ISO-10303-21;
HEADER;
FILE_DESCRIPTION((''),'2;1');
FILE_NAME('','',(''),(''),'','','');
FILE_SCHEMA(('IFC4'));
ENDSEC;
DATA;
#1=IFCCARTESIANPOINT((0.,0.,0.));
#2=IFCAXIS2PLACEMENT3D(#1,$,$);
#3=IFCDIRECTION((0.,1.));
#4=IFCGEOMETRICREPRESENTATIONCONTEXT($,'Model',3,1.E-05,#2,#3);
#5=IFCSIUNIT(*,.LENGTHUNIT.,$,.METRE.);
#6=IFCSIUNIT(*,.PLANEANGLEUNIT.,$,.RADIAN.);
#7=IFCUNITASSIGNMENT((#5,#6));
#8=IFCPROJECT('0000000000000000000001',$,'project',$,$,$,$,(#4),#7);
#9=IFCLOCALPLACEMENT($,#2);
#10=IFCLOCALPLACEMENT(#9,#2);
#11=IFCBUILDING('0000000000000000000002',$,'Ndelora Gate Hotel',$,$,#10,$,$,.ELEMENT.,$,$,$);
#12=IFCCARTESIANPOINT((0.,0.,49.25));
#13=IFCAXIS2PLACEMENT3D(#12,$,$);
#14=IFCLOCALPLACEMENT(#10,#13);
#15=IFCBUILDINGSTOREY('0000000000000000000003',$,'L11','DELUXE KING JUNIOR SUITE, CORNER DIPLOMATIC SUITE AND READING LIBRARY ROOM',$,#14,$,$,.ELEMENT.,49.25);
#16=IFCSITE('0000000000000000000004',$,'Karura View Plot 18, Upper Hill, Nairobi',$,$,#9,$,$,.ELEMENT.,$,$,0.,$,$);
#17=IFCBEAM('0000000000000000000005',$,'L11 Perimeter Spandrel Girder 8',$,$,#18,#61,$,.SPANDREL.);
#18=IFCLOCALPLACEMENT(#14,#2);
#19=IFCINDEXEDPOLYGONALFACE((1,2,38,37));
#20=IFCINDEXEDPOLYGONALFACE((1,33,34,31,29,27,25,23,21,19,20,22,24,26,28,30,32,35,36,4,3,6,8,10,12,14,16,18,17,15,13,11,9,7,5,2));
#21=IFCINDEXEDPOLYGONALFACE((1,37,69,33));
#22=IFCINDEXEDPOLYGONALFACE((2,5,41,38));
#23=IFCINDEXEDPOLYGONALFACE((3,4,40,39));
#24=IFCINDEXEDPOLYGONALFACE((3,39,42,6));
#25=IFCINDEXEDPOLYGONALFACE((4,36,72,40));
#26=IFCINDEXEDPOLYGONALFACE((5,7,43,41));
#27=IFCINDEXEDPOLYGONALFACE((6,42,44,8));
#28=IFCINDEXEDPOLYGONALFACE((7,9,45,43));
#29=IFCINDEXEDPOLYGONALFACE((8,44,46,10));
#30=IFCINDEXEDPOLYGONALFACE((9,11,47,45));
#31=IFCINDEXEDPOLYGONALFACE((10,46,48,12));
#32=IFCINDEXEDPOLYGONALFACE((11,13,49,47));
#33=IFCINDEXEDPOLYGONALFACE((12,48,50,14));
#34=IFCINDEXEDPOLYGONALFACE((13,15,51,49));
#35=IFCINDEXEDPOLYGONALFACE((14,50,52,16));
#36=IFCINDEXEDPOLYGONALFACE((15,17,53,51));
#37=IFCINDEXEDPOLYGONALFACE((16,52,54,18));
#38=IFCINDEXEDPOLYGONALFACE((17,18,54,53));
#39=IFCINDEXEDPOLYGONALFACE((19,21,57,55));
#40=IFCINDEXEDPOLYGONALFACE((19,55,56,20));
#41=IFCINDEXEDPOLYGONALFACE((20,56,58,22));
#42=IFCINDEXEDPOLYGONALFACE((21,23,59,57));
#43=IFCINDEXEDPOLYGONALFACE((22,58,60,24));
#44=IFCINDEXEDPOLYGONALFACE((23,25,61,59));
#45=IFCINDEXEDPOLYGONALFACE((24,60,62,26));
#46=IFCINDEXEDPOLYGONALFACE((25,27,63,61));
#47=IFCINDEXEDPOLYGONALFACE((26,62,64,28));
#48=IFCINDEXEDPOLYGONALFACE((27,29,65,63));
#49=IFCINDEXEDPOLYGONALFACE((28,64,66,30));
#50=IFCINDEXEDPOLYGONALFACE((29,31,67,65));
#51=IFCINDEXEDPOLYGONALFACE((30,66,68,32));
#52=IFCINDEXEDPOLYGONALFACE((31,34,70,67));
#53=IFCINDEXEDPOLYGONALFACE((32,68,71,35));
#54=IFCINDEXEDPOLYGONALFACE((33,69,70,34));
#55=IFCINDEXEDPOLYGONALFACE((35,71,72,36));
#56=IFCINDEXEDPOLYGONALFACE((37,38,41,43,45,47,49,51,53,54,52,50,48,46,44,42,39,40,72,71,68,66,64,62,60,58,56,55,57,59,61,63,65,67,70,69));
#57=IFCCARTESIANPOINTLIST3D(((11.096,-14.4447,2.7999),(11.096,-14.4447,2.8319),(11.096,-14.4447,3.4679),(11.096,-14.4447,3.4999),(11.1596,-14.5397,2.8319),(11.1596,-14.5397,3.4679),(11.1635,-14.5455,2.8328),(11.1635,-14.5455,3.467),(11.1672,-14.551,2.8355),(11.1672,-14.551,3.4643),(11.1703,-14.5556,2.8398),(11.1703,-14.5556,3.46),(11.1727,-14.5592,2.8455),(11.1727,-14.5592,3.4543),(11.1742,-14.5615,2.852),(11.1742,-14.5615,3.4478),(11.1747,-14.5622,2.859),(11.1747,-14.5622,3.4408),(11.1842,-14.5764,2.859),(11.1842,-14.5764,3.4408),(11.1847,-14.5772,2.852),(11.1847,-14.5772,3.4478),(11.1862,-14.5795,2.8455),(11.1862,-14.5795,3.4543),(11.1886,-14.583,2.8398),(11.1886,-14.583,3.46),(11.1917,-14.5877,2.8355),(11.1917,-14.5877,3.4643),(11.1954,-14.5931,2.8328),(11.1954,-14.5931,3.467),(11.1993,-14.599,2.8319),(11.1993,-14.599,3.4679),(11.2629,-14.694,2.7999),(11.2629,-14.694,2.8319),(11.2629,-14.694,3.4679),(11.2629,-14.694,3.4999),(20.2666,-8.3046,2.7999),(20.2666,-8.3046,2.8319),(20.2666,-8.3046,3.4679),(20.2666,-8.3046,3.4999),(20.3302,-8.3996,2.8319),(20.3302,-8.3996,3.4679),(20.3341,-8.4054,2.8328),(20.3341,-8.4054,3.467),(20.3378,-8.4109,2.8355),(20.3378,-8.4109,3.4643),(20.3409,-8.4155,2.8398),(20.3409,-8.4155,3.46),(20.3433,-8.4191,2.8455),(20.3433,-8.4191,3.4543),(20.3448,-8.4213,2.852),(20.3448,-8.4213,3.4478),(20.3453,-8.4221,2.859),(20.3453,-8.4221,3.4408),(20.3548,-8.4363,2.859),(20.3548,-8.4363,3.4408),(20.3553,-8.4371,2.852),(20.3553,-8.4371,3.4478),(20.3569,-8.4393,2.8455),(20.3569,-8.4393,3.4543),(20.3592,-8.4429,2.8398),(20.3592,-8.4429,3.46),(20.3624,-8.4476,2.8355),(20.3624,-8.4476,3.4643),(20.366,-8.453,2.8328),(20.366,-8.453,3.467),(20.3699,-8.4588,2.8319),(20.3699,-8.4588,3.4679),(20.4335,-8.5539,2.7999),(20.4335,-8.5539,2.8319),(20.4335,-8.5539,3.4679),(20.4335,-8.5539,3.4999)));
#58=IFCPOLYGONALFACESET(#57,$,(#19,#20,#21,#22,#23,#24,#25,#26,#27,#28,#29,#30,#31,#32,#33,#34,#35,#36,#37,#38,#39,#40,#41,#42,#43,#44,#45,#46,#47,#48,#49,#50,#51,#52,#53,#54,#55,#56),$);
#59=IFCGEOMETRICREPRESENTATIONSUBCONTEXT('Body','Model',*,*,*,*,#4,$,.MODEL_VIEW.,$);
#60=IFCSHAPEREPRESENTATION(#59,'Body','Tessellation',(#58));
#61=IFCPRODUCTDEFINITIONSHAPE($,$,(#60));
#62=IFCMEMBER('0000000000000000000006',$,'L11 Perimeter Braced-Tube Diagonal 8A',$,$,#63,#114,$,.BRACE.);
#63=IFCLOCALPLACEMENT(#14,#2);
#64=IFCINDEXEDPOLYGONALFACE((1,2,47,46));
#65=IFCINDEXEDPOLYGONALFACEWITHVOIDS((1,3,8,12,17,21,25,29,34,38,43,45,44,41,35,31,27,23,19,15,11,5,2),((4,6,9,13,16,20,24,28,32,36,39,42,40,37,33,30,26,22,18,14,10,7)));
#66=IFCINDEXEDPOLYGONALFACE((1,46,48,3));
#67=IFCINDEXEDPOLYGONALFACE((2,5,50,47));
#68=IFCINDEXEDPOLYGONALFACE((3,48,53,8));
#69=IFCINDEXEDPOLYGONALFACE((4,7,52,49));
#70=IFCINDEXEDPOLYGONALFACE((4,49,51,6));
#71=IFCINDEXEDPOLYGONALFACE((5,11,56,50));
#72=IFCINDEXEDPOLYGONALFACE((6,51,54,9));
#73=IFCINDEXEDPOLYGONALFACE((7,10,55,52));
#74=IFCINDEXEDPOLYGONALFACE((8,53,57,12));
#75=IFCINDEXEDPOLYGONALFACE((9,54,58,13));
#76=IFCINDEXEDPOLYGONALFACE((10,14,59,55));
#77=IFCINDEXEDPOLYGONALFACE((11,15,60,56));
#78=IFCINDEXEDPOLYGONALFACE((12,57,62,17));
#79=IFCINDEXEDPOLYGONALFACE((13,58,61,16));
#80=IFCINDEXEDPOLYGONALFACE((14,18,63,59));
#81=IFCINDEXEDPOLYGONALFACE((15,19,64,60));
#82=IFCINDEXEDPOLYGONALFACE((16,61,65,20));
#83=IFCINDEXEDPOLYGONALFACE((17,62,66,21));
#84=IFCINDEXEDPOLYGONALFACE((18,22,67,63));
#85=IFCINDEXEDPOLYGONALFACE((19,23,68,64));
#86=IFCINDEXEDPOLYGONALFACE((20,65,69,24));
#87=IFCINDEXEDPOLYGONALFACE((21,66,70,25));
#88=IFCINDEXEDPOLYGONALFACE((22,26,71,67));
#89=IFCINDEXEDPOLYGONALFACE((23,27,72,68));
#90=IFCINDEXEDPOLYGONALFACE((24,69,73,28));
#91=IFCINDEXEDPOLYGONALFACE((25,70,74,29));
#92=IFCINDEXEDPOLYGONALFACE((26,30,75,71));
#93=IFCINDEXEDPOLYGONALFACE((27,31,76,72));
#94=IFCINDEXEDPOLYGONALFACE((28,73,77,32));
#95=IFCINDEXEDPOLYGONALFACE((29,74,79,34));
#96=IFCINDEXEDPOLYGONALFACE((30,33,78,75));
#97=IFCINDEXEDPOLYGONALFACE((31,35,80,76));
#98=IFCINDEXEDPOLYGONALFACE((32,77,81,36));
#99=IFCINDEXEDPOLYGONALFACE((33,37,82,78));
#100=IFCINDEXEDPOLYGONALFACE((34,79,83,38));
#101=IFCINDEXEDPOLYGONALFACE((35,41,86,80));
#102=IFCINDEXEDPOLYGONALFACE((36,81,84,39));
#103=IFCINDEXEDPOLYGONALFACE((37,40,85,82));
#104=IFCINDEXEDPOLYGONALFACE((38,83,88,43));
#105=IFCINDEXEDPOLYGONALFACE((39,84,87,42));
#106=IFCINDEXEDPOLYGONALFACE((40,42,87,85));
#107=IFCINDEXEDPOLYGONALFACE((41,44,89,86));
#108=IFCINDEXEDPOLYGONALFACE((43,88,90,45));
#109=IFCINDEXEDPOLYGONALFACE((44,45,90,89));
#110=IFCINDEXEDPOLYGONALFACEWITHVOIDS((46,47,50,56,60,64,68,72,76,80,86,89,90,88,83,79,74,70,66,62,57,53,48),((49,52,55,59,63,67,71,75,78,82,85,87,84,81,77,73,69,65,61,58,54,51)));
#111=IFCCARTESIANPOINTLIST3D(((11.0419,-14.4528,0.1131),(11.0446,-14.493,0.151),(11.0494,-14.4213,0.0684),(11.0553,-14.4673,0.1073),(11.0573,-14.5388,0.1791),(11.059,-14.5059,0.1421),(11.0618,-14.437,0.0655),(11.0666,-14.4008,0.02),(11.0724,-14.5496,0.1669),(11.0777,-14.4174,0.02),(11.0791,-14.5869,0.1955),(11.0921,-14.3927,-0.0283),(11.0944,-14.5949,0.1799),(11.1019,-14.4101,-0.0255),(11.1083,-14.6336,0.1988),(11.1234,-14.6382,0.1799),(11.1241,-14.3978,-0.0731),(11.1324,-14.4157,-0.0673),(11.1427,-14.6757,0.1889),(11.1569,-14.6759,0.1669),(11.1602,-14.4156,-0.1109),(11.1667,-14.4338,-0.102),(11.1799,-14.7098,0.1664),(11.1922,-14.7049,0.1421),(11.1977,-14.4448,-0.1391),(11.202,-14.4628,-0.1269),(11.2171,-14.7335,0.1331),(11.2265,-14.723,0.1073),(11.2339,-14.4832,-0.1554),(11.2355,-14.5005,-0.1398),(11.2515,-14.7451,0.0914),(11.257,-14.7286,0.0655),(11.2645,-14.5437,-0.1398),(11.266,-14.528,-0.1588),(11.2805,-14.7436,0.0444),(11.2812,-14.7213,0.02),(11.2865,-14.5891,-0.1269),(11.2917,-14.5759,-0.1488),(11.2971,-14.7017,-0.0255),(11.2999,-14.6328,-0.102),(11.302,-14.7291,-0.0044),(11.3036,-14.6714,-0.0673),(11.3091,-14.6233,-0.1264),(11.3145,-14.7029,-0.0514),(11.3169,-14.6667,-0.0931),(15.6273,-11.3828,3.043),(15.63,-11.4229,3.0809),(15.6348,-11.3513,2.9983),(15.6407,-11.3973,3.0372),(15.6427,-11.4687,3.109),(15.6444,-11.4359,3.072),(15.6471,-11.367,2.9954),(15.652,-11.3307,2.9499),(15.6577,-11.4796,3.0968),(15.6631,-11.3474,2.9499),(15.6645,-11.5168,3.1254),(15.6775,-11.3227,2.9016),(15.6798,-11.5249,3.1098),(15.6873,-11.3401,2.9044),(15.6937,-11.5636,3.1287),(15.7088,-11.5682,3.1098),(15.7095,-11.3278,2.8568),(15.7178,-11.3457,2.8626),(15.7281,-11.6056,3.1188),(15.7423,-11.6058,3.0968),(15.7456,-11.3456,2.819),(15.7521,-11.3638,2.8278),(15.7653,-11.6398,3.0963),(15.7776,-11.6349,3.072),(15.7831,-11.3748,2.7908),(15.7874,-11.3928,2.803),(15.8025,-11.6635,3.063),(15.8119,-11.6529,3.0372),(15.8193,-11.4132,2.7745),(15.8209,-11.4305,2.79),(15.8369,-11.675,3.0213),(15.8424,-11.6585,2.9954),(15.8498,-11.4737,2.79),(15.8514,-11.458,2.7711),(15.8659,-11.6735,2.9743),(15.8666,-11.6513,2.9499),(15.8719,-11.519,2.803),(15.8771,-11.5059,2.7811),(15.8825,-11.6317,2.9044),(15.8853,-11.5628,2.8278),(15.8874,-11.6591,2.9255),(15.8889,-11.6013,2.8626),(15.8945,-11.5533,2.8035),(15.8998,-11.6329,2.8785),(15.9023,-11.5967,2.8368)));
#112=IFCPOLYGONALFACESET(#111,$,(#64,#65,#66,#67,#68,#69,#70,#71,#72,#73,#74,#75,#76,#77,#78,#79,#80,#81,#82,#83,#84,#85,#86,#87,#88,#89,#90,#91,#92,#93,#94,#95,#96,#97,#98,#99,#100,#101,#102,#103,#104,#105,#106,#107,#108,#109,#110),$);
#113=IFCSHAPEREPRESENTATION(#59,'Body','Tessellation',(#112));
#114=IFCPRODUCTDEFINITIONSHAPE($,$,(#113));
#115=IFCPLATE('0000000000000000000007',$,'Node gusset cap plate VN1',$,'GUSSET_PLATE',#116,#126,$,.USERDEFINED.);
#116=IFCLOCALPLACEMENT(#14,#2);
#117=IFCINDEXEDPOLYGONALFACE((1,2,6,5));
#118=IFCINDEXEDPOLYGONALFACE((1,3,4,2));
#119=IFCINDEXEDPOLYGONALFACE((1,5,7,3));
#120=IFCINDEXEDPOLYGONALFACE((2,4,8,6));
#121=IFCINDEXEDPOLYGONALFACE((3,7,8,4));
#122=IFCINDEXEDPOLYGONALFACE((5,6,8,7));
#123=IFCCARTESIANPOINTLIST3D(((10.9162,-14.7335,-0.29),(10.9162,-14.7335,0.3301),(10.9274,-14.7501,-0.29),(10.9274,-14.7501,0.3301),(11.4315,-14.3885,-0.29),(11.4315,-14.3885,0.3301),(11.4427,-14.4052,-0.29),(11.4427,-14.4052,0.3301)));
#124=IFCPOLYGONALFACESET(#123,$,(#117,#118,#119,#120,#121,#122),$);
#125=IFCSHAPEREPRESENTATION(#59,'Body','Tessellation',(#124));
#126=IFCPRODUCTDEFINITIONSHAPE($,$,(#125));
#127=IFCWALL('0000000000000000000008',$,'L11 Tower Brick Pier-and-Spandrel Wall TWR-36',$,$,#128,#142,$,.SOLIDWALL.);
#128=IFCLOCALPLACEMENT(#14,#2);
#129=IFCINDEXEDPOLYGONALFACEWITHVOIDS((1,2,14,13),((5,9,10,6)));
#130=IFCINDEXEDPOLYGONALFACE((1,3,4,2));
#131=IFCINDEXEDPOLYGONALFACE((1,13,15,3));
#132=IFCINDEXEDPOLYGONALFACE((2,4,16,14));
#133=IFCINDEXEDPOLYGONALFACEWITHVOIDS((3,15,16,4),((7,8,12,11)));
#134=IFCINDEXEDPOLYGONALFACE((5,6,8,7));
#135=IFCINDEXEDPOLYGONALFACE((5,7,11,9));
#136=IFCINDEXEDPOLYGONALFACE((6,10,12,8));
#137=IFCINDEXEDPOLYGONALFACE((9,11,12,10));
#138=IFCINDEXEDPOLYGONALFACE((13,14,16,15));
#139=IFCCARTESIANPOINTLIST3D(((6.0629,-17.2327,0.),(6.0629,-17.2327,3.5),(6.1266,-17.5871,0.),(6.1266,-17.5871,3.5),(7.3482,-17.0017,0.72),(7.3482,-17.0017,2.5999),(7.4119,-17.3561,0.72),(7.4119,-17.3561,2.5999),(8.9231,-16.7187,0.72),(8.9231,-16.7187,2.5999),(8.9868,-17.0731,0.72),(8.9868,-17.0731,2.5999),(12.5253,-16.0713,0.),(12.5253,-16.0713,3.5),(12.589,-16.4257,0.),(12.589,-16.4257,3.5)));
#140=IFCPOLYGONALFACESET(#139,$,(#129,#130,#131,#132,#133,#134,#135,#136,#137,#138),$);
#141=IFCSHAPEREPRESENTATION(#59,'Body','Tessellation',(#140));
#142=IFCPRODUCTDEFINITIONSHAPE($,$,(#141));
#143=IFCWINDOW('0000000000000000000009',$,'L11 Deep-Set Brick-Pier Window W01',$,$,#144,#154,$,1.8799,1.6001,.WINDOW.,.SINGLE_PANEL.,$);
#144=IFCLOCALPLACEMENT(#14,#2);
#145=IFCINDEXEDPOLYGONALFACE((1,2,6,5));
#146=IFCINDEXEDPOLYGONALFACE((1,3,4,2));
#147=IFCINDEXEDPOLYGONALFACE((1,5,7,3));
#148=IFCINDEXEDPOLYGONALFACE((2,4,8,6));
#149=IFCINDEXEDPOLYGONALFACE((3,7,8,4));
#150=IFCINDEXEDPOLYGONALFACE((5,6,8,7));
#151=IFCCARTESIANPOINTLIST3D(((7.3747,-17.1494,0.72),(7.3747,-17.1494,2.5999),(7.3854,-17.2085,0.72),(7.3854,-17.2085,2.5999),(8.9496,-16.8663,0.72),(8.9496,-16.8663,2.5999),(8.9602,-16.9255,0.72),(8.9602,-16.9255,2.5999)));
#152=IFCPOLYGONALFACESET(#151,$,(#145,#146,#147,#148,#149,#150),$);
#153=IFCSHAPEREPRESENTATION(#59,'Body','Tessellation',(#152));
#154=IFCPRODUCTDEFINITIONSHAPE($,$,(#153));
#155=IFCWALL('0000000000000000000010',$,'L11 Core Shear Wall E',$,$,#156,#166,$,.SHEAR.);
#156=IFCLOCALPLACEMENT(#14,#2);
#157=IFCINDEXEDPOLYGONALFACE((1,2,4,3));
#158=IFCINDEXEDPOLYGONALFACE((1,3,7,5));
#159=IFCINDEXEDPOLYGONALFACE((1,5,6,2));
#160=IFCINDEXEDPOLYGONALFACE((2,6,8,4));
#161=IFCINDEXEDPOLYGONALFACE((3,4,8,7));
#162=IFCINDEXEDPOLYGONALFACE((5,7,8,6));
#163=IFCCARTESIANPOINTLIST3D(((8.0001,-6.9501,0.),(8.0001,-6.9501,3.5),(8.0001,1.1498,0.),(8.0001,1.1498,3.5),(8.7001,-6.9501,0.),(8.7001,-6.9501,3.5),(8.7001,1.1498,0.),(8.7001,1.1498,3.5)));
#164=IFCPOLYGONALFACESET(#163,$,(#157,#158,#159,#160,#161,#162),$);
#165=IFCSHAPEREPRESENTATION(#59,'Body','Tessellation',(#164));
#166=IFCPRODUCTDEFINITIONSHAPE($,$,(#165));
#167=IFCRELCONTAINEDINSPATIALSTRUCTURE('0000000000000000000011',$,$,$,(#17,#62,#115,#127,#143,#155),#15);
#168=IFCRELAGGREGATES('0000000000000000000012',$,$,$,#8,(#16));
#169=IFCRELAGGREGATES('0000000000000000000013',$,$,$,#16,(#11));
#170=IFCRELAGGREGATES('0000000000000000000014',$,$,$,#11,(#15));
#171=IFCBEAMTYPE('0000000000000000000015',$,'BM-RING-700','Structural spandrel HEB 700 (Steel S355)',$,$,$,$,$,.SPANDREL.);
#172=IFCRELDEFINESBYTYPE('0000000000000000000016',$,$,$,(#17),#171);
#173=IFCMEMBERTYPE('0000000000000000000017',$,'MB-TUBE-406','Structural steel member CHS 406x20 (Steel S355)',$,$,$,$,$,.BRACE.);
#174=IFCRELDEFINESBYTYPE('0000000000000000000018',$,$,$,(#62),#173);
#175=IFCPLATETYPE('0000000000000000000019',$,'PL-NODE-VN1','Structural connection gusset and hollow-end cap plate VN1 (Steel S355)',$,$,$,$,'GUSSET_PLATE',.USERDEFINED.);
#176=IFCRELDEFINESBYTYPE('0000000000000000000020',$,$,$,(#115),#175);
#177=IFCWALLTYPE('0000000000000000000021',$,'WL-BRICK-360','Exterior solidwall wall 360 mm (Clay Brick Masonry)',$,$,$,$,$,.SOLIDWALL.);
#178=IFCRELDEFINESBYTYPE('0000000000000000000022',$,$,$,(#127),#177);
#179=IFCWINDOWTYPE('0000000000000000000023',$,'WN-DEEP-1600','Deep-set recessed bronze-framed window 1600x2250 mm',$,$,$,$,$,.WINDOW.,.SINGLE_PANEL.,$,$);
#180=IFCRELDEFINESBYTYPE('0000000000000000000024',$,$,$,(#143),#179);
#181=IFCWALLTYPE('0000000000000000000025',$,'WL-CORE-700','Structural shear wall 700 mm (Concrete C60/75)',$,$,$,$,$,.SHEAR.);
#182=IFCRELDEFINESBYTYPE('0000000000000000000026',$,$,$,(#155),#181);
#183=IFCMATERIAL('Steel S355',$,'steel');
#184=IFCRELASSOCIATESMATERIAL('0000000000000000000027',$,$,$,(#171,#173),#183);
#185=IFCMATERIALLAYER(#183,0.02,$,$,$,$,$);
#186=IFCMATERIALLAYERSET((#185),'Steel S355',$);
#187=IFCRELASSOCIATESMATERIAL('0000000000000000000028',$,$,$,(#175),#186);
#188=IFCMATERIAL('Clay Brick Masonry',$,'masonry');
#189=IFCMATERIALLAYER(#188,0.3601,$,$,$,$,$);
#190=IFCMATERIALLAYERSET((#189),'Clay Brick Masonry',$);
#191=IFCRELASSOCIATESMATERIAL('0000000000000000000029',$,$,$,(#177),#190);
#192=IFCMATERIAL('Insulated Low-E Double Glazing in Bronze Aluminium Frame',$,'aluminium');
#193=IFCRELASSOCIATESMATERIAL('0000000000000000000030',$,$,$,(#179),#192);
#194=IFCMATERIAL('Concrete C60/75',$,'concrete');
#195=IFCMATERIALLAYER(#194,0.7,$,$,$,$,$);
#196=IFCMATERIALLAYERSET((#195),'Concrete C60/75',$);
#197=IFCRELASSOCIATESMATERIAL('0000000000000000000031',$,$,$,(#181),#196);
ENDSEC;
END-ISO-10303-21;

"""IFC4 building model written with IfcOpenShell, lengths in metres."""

from ifc_helpers import new_model, si_unit, direction, frame, frame_2d, origin, origin_2d, place, context, subcontext, project, spatial, rectangle, hollow_circle, i_section, extrude, material, layer, layer_set, material_profile, profile_set, type_object, element, fill, save


model = new_model("IFC4")

# Units and contexts
model_context = context("Model", 3, precision=1e-05, world=origin(), true_north=direction((0.0, 1.0)))
body_context = subcontext(model_context, "Body", "Model", "MODEL_VIEW")
ifc_project = project(units=[si_unit("LENGTHUNIT", "METRE"), si_unit("PLANEANGLEUNIT", "RADIAN")], contexts=[model_context])

# Site, building, storey
site_placement = place(None, origin())
site = spatial("IfcSite", under=ifc_project, at=site_placement, Name="Karura View Plot 18, Upper Hill, Nairobi", CompositionType="ELEMENT", RefElevation=0.0)
building_placement = place(site_placement, origin())
building = spatial("IfcBuilding", under=site, at=building_placement, Name="Ndelora Gate Hotel", CompositionType="ELEMENT")
storey_placement = place(building_placement, frame((0.0, 0.0, 49.25)))
storey = spatial("IfcBuildingStorey", under=building, at=storey_placement, Name="L11", Description="DELUXE KING JUNIOR SUITE, CORNER DIPLOMATIC SUITE AND READING LIBRARY ROOM", CompositionType="ELEMENT", Elevation=49.25)

# Shared definitions
ifc_material_1 = material(Name="Concrete C60/75", Category="concrete")

# Beam
ifc_material_2 = material(Name="Steel S355", Category="steel")
ifc_material_profile_1 = material_profile(ifc_material_2, i_section(OverallWidth=0.3, OverallDepth=0.7, WebThickness=0.0171, FlangeThickness=0.032, FilletRadius=0.0271, at=origin_2d()), Name="HEB 700")
ifc_profile_set_1 = profile_set([ifc_material_profile_1], Name="Steel S355")
beam_type_1 = type_object("IfcBeamType", Name="BM-RING-700", Description="Structural spandrel HEB 700 (Steel S355)", PredefinedType="SPANDREL", material=ifc_profile_set_1)
beam_1_placement = place(storey_placement, frame((11.1794, -14.5693, 3.1499), z_axis=(0.830946, 0.556353, 0.0), x_axis=(-0.556353, 0.830946, 0.0)))
element("IfcBeam", 1, at=beam_1_placement, inside=storey, type_object=beam_type_1, Name="L11 Perimeter Spandrel Girder 8", PredefinedType="SPANDREL", context=body_context, shape_type="SweptSolid", body=[
    extrude(i_section(OverallWidth=0.3, OverallDepth=0.7, WebThickness=0.0171, FlangeThickness=0.032, FilletRadius=0.0271, at=origin_2d()), origin(), (0.0, 0.0, 1.0), 11.0364),
])

# Member
ifc_material_profile_2 = material_profile(ifc_material_2, hollow_circle(Radius=0.2029, WallThickness=0.02, at=origin_2d()), Name="CHS 406x20")
ifc_profile_set_2 = profile_set([ifc_material_profile_2], Name="Steel S355")
member_type = type_object("IfcMemberType", Name="MB-TUBE-406", Description="Structural steel member CHS 406x20 (Steel S355)", PredefinedType="BRACE", material=ifc_profile_set_2)
member_placement = place(storey_placement, frame((11.1794, -14.5693, 0.02), z_axis=(0.733919, 0.491377, 0.468947), x_axis=(-0.556343, 0.830953, 0.0)))
element("IfcMember", 2, at=member_placement, inside=storey, type_object=member_type, Name="L11 Perimeter Braced-Tube Diagonal 8A", PredefinedType="BRACE", context=body_context, shape_type="SweptSolid", body=[
    extrude(hollow_circle(Radius=0.2029, WallThickness=0.02, at=origin_2d()), origin(), (0.0, 0.0, 1.0), 6.2478),
])

# Plate
ifc_layer_1 = layer(ifc_material_2, 0.02)
ifc_layer_set_1 = layer_set([ifc_layer_1], Name="Steel S355")
plate_type = type_object("IfcPlateType", Name="PL-NODE-VN1", Description="Structural connection gusset and hollow-end cap plate VN1 (Steel S355)", ElementType="GUSSET_PLATE", PredefinedType="USERDEFINED", material=ifc_layer_set_1)
plate_placement = place(storey_placement, frame((11.1794, -14.5693, -0.29), z_axis=(0.0, 0.0, 1.0), x_axis=(0.830984, 0.556296, 0.0)))
element("IfcPlate", 3, at=plate_placement, inside=storey, type_object=plate_type, Name="Node gusset cap plate VN1", ObjectType="GUSSET_PLATE", PredefinedType="USERDEFINED", context=body_context, shape_type="SweptSolid", body=[
    extrude(rectangle(XDim=0.6201, YDim=0.02, at=origin_2d()), origin(), (0.0, 0.0, 1.0), 0.6201),
])

# Wall, opening, window
ifc_material_3 = material(Name="Clay Brick Masonry", Category="masonry")
ifc_layer_2 = layer(ifc_material_3, 0.3601)
ifc_layer_set_2 = layer_set([ifc_layer_2], Name="Clay Brick Masonry")
wall_type_1 = type_object("IfcWallType", Name="WL-BRICK-360", Description="Exterior solidwall wall 360 mm (Clay Brick Masonry)", PredefinedType="SOLIDWALL", material=ifc_layer_set_2)
wall_1_placement = place(storey_placement, frame((12.5571, -16.2485, 0.0), z_axis=(0.0, 0.0, 1.0), x_axis=(-0.984233, -0.176879, 0.0)))
wall_1 = element("IfcWall", 4, at=wall_1_placement, inside=storey, type_object=wall_type_1, Name="L11 Tower Brick Pier-and-Spandrel Wall TWR-36", PredefinedType="SOLIDWALL", context=body_context, shape_type="SweptSolid", body=[
    extrude(rectangle(XDim=6.5659, YDim=0.3601, at=frame_2d((3.283, 0.0))), origin(), (0.0, 0.0, 1.0), 3.5),
])
opening_1_placement = place(wall_1_placement, frame((3.6599, 0.0, 0.72)))
opening_1 = element("IfcOpeningElement", 5, at=opening_1_placement, cuts=wall_1, PredefinedType="OPENING", context=body_context, shape_type="SweptSolid", body=[
    extrude(rectangle(XDim=1.6001, YDim=1.8799, at=frame_2d((0.8, 0.9399))), frame((0.0, 0.1899, 0.0), z_axis=(0.0, -1.0, 0.0), x_axis=(1.0, 0.0, 0.0)), (0.0, 0.0, 1.0), 0.3801),
])
ifc_material_4 = material(Name="Insulated Low-E Double Glazing in Bronze Aluminium Frame", Category="aluminium")
window_type = type_object("IfcWindowType", Name="WN-DEEP-1600", Description="Deep-set recessed bronze-framed window 1600x2250 mm", PartitioningType="SINGLE_PANEL", PredefinedType="WINDOW", material=ifc_material_4)
window_placement = place(opening_1_placement, origin())
window = element("IfcWindow", 6, at=window_placement, inside=storey, type_object=window_type, Name="L11 Deep-Set Brick-Pier Window W01", OverallHeight=1.8799, OverallWidth=1.6001, PartitioningType="SINGLE_PANEL", PredefinedType="WINDOW", context=body_context, shape_type="SweptSolid", body=[
    extrude(rectangle(XDim=1.6001, YDim=1.8799, at=frame_2d((0.8, 0.9399))), frame((0.0, 0.03, 0.0), z_axis=(0.0, -1.0, 0.0), x_axis=(1.0, 0.0, 0.0)), (0.0, 0.0, 1.0), 0.0601),
])
fill(opening_1, window)

# Wall
ifc_layer_3 = layer(ifc_material_1, 0.7)
ifc_layer_set_3 = layer_set([ifc_layer_3], Name="Concrete C60/75")
wall_type_2 = type_object("IfcWallType", Name="WL-CORE-700", Description="Structural shear wall 700 mm (Concrete C60/75)", PredefinedType="SHEAR", material=ifc_layer_set_3)
wall_2_placement = place(storey_placement, frame((8.3501, -6.95, 0.0), z_axis=(0.0, 0.0, 1.0), x_axis=(0.0, 1.0, 0.0)))
element("IfcWall", 7, at=wall_2_placement, inside=storey, type_object=wall_type_2, Name="L11 Core Shear Wall E", PredefinedType="SHEAR", context=body_context, shape_type="SweptSolid", body=[
    extrude(rectangle(XDim=8.0999, YDim=0.7, at=frame_2d((4.0498, 0.0))), origin(), (0.0, 0.0, 1.0), 3.5),
])

save(model, "model.ifc")
